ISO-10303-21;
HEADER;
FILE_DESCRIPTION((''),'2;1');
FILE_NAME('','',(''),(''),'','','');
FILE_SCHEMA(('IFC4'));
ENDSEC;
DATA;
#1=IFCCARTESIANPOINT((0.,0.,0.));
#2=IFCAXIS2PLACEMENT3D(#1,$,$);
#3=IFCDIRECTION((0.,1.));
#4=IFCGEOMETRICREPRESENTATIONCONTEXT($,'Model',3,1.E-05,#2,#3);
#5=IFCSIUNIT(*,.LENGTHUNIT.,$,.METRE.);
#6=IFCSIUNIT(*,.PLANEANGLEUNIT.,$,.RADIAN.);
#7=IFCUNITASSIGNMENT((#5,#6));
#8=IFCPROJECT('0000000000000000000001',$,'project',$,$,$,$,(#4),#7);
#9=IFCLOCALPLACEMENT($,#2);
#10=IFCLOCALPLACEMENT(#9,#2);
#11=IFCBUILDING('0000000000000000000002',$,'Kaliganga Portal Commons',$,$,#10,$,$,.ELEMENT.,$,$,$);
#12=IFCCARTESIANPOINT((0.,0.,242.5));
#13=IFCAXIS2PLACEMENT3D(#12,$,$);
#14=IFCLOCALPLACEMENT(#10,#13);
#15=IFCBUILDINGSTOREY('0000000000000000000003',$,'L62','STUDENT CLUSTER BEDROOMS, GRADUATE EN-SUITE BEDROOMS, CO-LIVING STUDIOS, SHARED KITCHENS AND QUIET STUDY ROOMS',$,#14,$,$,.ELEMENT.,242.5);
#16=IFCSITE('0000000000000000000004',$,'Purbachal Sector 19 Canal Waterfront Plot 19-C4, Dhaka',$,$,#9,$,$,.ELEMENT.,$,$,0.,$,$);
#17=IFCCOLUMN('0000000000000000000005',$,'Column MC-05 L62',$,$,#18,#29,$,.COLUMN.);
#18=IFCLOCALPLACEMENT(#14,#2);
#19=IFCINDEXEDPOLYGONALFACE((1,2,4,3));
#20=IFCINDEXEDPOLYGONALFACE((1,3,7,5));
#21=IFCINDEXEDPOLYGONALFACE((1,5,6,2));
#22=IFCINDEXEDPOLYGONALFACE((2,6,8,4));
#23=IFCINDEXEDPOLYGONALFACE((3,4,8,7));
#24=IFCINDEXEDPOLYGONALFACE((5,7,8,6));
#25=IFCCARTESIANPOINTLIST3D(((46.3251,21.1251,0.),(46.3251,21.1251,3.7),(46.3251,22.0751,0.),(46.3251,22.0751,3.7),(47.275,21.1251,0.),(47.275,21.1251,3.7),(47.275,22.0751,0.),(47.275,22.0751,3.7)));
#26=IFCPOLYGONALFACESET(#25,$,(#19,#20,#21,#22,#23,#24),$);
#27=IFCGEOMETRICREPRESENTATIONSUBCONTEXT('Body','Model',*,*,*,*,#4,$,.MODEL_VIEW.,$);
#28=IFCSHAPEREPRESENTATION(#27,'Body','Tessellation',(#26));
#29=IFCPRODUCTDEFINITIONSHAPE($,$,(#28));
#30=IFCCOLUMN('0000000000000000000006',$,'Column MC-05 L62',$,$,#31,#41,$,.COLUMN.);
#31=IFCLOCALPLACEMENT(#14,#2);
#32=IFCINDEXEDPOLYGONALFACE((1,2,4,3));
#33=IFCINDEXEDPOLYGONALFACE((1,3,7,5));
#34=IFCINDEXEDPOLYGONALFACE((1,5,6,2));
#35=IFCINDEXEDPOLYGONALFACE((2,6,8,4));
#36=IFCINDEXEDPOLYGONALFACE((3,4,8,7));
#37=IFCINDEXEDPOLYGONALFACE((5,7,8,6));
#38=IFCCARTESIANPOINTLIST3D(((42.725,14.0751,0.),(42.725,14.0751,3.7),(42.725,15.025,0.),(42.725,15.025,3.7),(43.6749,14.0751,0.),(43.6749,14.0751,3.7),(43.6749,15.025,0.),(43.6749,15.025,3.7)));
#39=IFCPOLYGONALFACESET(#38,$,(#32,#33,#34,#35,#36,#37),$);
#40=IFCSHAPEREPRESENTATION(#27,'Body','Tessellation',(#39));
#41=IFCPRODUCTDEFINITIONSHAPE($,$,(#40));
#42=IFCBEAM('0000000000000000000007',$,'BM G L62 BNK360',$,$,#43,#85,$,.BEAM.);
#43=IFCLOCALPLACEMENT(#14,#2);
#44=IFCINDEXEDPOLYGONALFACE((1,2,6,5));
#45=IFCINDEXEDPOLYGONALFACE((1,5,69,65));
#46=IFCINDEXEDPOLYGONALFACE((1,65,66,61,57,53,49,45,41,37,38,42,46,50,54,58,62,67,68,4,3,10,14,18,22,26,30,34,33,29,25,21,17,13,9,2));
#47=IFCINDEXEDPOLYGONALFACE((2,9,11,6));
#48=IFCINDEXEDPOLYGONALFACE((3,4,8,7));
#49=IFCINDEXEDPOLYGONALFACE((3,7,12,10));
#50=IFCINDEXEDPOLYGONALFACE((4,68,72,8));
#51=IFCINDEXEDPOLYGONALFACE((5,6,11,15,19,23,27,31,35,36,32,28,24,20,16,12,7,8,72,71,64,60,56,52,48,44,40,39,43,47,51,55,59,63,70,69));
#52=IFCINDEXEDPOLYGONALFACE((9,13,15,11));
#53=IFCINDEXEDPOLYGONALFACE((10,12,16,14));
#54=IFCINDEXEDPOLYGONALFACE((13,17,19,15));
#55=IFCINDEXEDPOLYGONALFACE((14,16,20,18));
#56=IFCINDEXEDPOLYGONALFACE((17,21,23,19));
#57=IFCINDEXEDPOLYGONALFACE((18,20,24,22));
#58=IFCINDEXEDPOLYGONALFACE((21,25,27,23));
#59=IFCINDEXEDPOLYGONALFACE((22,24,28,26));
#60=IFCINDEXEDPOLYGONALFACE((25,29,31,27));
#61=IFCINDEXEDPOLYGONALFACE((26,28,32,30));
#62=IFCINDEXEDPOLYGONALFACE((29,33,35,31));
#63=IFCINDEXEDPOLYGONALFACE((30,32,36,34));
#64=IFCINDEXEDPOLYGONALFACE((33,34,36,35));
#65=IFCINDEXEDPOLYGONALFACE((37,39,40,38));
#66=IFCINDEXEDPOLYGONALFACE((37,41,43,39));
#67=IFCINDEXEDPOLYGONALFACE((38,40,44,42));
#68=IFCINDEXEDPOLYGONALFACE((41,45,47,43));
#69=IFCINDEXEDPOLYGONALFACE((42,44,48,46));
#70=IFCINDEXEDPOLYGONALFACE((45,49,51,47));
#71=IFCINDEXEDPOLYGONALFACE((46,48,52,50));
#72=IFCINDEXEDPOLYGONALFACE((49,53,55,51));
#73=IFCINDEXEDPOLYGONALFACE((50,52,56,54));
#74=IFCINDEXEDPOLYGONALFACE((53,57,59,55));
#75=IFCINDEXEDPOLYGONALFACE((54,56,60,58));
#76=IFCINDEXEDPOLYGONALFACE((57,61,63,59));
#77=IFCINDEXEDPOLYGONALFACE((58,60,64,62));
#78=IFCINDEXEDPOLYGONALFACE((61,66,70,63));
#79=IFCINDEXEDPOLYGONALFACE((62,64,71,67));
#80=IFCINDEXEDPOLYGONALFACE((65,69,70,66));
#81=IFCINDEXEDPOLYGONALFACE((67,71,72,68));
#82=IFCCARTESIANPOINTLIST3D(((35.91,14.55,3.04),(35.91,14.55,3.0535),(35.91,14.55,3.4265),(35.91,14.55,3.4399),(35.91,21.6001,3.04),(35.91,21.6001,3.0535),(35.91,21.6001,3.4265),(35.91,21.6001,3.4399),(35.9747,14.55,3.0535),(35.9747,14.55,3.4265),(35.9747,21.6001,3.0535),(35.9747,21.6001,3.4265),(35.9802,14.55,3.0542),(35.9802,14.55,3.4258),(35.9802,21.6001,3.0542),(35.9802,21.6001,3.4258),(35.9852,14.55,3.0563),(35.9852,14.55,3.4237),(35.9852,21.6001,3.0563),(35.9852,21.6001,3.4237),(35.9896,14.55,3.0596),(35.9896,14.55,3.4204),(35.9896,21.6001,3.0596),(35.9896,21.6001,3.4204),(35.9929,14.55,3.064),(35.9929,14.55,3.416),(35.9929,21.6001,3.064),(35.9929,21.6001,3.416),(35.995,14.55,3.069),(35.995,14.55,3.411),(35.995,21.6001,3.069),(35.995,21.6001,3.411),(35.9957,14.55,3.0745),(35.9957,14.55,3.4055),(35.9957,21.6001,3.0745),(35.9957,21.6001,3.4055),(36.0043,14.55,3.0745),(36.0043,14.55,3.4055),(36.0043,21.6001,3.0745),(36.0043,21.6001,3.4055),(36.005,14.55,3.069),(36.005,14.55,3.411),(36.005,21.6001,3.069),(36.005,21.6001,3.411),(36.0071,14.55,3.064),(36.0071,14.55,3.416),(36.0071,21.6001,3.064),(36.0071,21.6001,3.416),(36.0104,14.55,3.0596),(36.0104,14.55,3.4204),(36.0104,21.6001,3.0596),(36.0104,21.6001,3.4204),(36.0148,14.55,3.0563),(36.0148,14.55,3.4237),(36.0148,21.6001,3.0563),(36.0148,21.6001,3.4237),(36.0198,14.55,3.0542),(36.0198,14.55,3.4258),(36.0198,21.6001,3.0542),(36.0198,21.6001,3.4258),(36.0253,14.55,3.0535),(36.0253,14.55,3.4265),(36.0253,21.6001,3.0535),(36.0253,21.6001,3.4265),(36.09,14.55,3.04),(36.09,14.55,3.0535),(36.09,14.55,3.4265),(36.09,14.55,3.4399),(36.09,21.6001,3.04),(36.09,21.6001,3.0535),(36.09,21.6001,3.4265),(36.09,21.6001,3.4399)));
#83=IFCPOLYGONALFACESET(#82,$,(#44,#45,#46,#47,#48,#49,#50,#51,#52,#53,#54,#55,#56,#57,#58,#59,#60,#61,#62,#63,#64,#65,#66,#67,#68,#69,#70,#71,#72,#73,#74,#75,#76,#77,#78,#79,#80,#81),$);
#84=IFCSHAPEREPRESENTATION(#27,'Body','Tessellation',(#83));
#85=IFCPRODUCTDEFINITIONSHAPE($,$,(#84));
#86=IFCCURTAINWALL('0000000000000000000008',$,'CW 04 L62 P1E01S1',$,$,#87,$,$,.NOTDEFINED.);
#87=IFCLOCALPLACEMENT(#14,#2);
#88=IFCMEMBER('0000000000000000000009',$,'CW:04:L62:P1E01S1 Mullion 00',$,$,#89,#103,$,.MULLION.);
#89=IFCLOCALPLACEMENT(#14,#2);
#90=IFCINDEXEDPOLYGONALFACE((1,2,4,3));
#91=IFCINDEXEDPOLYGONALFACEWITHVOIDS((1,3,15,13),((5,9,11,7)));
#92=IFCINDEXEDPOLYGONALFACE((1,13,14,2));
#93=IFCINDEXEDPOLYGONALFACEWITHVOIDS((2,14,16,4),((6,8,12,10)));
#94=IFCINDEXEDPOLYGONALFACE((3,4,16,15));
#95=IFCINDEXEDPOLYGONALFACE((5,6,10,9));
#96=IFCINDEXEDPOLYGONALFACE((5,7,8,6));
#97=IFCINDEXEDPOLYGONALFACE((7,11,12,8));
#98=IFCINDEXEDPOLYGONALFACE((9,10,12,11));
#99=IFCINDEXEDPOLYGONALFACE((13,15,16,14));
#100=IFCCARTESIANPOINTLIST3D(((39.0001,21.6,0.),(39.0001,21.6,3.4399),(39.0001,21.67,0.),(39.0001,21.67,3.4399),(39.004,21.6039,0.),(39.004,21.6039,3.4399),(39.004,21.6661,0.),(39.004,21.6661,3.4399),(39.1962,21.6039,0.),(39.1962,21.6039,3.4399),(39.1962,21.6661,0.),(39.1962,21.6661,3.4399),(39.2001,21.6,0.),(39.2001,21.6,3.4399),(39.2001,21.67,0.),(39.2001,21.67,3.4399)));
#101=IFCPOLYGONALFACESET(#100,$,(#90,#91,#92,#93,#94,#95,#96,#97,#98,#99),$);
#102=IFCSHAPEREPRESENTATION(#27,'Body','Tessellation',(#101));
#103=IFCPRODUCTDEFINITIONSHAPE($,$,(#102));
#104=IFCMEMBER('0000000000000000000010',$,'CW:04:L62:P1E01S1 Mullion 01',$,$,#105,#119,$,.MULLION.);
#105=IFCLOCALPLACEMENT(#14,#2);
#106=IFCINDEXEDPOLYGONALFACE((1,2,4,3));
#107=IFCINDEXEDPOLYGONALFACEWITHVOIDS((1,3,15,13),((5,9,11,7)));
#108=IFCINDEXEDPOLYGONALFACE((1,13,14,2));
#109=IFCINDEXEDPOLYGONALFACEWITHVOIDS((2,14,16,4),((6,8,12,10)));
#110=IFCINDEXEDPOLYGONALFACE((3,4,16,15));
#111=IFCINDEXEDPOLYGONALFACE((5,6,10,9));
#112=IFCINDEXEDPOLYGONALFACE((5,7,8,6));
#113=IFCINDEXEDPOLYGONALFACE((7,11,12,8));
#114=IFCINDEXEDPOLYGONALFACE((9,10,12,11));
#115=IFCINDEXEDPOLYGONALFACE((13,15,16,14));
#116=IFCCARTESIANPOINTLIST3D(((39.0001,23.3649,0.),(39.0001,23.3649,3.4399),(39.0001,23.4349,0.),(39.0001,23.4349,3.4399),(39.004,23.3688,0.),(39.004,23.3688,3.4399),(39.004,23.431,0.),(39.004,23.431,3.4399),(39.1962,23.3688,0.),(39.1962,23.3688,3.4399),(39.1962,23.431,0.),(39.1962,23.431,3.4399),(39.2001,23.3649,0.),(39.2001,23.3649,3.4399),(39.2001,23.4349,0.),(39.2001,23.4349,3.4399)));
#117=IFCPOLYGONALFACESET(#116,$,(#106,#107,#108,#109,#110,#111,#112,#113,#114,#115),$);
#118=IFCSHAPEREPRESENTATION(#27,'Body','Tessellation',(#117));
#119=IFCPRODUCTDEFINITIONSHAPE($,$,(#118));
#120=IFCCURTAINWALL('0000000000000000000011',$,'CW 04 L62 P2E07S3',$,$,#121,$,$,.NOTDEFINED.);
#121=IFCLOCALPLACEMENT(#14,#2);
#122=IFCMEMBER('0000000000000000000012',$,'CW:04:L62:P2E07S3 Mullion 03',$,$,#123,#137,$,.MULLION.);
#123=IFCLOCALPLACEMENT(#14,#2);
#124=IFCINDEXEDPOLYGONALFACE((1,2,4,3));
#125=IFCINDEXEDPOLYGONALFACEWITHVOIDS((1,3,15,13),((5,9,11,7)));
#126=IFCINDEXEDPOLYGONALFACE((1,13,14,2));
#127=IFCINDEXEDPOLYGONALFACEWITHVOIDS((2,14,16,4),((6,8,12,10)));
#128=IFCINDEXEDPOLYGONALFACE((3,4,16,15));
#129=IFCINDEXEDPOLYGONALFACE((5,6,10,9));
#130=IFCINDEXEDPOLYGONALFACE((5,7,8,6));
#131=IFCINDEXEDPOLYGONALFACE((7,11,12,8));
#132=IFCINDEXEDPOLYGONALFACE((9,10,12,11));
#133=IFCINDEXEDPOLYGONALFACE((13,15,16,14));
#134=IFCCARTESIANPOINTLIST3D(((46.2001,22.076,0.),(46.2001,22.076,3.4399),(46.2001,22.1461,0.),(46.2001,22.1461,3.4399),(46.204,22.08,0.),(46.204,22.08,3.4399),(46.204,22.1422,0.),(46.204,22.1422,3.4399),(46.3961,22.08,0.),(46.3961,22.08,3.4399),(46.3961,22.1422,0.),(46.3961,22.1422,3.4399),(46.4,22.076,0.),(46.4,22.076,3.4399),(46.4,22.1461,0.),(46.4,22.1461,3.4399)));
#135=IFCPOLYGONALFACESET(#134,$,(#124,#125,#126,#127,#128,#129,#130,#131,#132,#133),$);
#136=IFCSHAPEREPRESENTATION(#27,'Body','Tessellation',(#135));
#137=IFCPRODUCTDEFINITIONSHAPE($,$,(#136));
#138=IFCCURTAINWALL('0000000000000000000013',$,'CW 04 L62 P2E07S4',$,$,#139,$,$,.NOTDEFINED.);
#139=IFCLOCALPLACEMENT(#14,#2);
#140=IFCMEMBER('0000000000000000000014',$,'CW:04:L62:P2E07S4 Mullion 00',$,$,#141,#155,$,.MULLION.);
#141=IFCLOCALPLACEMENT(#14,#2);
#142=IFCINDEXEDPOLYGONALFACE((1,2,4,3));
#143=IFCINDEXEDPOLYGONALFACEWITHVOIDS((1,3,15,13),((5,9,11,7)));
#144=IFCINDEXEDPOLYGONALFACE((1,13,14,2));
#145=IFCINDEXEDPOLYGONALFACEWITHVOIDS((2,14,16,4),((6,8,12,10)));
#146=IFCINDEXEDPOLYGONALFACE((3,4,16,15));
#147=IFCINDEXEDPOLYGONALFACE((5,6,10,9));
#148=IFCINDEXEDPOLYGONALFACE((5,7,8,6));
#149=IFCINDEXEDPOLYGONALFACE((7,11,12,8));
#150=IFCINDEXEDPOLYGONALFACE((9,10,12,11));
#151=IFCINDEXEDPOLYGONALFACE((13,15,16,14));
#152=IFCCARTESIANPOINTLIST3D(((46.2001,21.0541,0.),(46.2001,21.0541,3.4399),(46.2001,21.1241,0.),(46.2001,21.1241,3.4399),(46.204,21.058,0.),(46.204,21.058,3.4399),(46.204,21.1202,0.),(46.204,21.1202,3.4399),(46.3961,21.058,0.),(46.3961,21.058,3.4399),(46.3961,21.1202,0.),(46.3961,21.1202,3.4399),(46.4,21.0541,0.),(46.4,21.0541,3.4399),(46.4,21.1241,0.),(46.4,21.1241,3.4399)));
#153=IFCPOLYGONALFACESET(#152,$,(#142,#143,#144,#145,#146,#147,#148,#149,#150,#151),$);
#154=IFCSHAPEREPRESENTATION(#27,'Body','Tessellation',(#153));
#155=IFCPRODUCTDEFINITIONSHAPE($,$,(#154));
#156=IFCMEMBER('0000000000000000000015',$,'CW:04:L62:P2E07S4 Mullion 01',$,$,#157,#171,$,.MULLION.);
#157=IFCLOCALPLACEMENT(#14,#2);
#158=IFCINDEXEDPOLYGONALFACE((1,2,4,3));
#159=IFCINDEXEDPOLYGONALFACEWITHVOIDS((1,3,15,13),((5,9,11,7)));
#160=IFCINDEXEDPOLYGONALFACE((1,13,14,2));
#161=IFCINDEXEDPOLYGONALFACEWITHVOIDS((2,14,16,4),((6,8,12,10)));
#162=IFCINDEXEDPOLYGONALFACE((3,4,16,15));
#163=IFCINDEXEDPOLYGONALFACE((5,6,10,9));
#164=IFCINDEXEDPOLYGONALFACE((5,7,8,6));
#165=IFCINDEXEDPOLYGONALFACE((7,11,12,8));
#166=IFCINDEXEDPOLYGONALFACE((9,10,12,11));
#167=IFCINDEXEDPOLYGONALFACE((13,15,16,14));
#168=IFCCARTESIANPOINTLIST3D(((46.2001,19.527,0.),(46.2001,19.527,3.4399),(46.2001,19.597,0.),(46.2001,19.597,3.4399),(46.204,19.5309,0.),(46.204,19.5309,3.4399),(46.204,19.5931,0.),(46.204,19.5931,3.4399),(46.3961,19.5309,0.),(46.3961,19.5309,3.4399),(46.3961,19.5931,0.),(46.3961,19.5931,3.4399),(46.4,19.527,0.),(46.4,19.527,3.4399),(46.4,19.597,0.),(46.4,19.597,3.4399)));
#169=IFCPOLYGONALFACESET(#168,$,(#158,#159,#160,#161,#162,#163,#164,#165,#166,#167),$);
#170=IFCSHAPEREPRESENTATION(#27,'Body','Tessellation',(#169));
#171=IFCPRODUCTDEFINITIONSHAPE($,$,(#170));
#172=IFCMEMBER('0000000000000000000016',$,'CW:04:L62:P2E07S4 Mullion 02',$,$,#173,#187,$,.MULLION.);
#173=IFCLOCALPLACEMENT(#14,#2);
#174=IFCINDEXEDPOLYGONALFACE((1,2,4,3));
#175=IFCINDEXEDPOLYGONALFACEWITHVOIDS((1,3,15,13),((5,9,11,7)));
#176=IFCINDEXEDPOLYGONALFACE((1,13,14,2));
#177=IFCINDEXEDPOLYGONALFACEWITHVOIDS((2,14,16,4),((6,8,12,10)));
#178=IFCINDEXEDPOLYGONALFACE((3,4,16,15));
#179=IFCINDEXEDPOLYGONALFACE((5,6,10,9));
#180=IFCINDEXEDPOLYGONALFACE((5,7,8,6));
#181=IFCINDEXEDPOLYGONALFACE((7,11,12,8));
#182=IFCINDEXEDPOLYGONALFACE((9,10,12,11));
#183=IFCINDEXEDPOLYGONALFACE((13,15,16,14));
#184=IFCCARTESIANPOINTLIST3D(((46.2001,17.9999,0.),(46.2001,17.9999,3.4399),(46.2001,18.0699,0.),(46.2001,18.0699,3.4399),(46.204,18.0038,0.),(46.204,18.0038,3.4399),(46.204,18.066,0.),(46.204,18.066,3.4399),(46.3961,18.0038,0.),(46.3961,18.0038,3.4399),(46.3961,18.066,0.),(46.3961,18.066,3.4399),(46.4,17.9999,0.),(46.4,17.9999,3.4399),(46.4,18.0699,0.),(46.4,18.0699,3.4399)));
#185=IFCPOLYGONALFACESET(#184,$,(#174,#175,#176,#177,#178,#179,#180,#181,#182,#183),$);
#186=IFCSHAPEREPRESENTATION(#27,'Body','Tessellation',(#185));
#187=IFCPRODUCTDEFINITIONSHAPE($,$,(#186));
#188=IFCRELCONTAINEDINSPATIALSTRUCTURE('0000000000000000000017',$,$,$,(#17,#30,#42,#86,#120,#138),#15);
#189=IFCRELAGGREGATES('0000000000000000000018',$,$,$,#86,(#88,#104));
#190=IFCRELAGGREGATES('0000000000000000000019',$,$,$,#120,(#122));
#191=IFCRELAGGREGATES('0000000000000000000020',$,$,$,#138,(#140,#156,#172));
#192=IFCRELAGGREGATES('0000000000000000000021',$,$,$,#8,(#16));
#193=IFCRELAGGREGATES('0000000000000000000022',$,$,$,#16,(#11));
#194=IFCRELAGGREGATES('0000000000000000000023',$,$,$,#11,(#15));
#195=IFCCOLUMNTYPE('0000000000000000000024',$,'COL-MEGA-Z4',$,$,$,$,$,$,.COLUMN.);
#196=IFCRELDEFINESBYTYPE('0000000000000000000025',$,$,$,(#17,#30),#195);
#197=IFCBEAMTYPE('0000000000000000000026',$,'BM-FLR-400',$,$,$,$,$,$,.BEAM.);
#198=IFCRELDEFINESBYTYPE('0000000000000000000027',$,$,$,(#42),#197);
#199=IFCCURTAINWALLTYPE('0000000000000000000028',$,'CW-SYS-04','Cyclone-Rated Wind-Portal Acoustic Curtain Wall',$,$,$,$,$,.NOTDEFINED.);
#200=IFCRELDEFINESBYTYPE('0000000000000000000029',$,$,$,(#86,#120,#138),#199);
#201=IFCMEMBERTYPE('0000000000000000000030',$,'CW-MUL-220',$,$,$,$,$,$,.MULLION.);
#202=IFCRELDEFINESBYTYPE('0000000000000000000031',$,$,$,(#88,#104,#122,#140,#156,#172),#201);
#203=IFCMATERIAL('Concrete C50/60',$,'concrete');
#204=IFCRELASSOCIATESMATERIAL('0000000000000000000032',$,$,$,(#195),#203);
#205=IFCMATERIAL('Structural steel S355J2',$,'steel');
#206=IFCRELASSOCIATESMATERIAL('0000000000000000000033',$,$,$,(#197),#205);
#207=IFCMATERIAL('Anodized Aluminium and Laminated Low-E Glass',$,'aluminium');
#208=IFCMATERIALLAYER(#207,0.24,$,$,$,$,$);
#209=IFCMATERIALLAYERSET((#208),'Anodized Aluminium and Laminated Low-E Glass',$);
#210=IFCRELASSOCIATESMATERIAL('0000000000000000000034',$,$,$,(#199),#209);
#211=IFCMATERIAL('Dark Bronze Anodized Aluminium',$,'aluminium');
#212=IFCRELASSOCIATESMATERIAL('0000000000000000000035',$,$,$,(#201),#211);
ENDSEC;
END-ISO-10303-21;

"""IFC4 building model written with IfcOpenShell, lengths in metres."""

from ifc_helpers import new_model, si_unit, direction, frame, origin, origin_2d, place, context, subcontext, project, spatial, rectangle, hollow_rectangle, i_section, extrude, source, transform, mapped, material, layer, layer_set, material_profile, profile_set, type_object, element, aggregate, save


model = new_model("IFC4")

# Units and contexts
model_context = context("Model", 3, precision=1e-05, world=origin(), true_north=direction((0.0, 1.0)))
body_context = subcontext(model_context, "Body", "Model", "MODEL_VIEW")
ifc_project = project(units=[si_unit("LENGTHUNIT", "METRE"), si_unit("PLANEANGLEUNIT", "RADIAN")], contexts=[model_context])

# Site, building, storey
site_placement = place(None, origin())
site = spatial("IfcSite", under=ifc_project, at=site_placement, Name="Purbachal Sector 19 Canal Waterfront Plot 19-C4, Dhaka", CompositionType="ELEMENT", RefElevation=0.0)
building_placement = place(site_placement, origin())
building = spatial("IfcBuilding", under=site, at=building_placement, Name="Kaliganga Portal Commons", CompositionType="ELEMENT")
storey_placement = place(building_placement, frame((0.0, 0.0, 242.5)))
storey = spatial("IfcBuildingStorey", under=building, at=storey_placement, Name="L62", Description="STUDENT CLUSTER BEDROOMS, GRADUATE EN-SUITE BEDROOMS, CO-LIVING STUDIOS, SHARED KITCHENS AND QUIET STUDY ROOMS", CompositionType="ELEMENT", Elevation=242.5)

# Columns
ifc_material_1 = material(Name="Concrete C50/60", Category="concrete")
ifc_material_profile_1 = material_profile(ifc_material_1, rectangle(XDim=0.95, YDim=0.95, at=origin_2d()), Name="RC 950x950")
ifc_profile_set_1 = profile_set([ifc_material_profile_1], Name="Concrete C50/60")
column_type = type_object("IfcColumnType", Name="COL-MEGA-Z4", PredefinedType="COLUMN", material=ifc_profile_set_1)
shared_shape_1 = source(origin(), body_context, "Body", "SweptSolid", [
    extrude(rectangle(XDim=0.95, YDim=0.95, at=origin_2d()), origin(), (0.0, 0.0, 1.0), 3.7),
])
for number, where, z_axis, x_axis, name in (
    (1, (46.8, 21.6001, 0.0), (0.0, 0.0, 1.0), (1.0, 0.0, 0.0), "Column MC-05 L62"),
    (2, (43.2, 14.55, 0.0), (0.0, 0.0, 1.0), (1.0, 0.0, 0.0), "Column MC-05 L62"),
):
    element("IfcColumn", number, at=place(storey_placement, frame(where, z_axis=z_axis, x_axis=x_axis)), inside=storey, type_object=column_type, Name=name, PredefinedType="COLUMN", context=body_context, shape_type="MappedRepresentation", body=[
        mapped(shared_shape_1, transform((0.0, 0.0, 0.0), x_axis=(1.0, 0.0, 0.0), y_axis=(0.0, 1.0, 0.0), z_axis=(0.0, 0.0, 1.0), scale=1.0)),
    ])

# Beam
ifc_material_2 = material(Name="Structural steel S355J2", Category="steel")
ifc_material_profile_2 = material_profile(ifc_material_2, i_section(OverallWidth=0.1799, OverallDepth=0.3999, WebThickness=0.0085, FlangeThickness=0.0134, FilletRadius=0.021, at=origin_2d()), Name="IPE 400")
ifc_profile_set_2 = profile_set([ifc_material_profile_2], Name="Structural steel S355J2 wide-flange")
beam_type = type_object("IfcBeamType", Name="BM-FLR-400", PredefinedType="BEAM", material=ifc_profile_set_2)
shared_shape_2 = source(origin(), body_context, "Body", "SweptSolid", [
    extrude(i_section(OverallWidth=0.1799, OverallDepth=0.3999, WebThickness=0.0085, FlangeThickness=0.0134, FilletRadius=0.021, at=origin_2d()), origin(), (0.0, 0.0, 1.0), 7.05),
])
beam_placement = place(storey_placement, frame((36.0, 14.55, 3.24), z_axis=(0.0, 1.0, 0.0), x_axis=(-1.0, 0.0, 0.0)))
element("IfcBeam", 3, at=beam_placement, inside=storey, type_object=beam_type, Name="BM G L62 BNK360", PredefinedType="BEAM", context=body_context, shape_type="MappedRepresentation", body=[
    mapped(shared_shape_2, transform((0.0, 0.0, 0.0), x_axis=(1.0, 0.0, 0.0), y_axis=(0.0, 1.0, 0.0), z_axis=(0.0, 0.0, 1.0), scale=1.0)),
])

# Curtain wall, members
ifc_material_3 = material(Name="Anodized Aluminium and Laminated Low-E Glass", Category="aluminium")
ifc_layer_1 = layer(ifc_material_3, 0.24)
ifc_layer_set_1 = layer_set([ifc_layer_1], Name="Anodized Aluminium and Laminated Low-E Glass")
curtain_wall_type = type_object("IfcCurtainWallType", Name="CW-SYS-04", Description="Cyclone-Rated Wind-Portal Acoustic Curtain Wall", PredefinedType="NOTDEFINED", material=ifc_layer_set_1)
curtain_wall_1_placement = place(storey_placement, origin())
curtain_wall_1 = element("IfcCurtainWall", 4, at=curtain_wall_1_placement, inside=storey, type_object=curtain_wall_type, Name="CW 04 L62 P1E01S1", PredefinedType="NOTDEFINED")
ifc_material_4 = material(Name="Dark Bronze Anodized Aluminium", Category="aluminium")
ifc_material_profile_3 = material_profile(ifc_material_4, hollow_rectangle(XDim=0.0701, YDim=0.2, WallThickness=0.0039, at=origin_2d()), Name="ALU MULL 70x200x4")
ifc_profile_set_3 = profile_set([ifc_material_profile_3], Name="Dark Bronze Anodized Aluminium")
member_type_1 = type_object("IfcMemberType", Name="CW-MUL-220", PredefinedType="MULLION", material=ifc_profile_set_3)
shared_shape_3 = source(origin(), body_context, "Body", "SweptSolid", [
    extrude(hollow_rectangle(XDim=0.0701, YDim=0.2, WallThickness=0.0039, at=origin_2d()), origin(), (0.0, 0.0, 1.0), 3.4399),
])
member_1_placement = place(storey_placement, frame((39.1001, 21.635, 0.0), z_axis=(0.0, 0.0, 1.0), x_axis=(0.0, 1.0, 0.0)))
member_1 = element("IfcMember", 5, at=member_1_placement, type_object=member_type_1, Name="CW:04:L62:P1E01S1 Mullion 00", PredefinedType="MULLION", context=body_context, shape_type="MappedRepresentation", body=[
    mapped(shared_shape_3, transform((0.0, 0.0, 0.0), x_axis=(1.0, 0.0, 0.0), y_axis=(0.0, 1.0, 0.0), z_axis=(0.0, 0.0, 1.0), scale=1.0)),
])
member_2_placement = place(storey_placement, frame((39.1001, 23.3999, 0.0), z_axis=(0.0, 0.0, 1.0), x_axis=(0.0, 1.0, 0.0)))
member_2 = element("IfcMember", 6, at=member_2_placement, type_object=member_type_1, Name="CW:04:L62:P1E01S1 Mullion 01", PredefinedType="MULLION", context=body_context, shape_type="MappedRepresentation", body=[
    mapped(shared_shape_3, transform((0.0, 0.0, 0.0), x_axis=(1.0, 0.0, 0.0), y_axis=(0.0, 1.0, 0.0), z_axis=(0.0, 0.0, 1.0), scale=1.0)),
])

# Curtain wall, member
curtain_wall_2_placement = place(storey_placement, origin())
curtain_wall_2 = element("IfcCurtainWall", 7, at=curtain_wall_2_placement, inside=storey, type_object=curtain_wall_type, Name="CW 04 L62 P2E07S3", PredefinedType="NOTDEFINED")
member_3_placement = place(storey_placement, frame((46.3, 22.1111, 0.0), z_axis=(0.0, 0.0, 1.0), x_axis=(0.0, -1.0, 0.0)))
member_3 = element("IfcMember", 8, at=member_3_placement, type_object=member_type_1, Name="CW:04:L62:P2E07S3 Mullion 03", PredefinedType="MULLION", context=body_context, shape_type="MappedRepresentation", body=[
    mapped(shared_shape_3, transform((0.0, 0.0, 0.0), x_axis=(1.0, 0.0, 0.0), y_axis=(0.0, 1.0, 0.0), z_axis=(0.0, 0.0, 1.0), scale=1.0)),
])

# Curtain wall, members
curtain_wall_3_placement = place(storey_placement, origin())
curtain_wall_3 = element("IfcCurtainWall", 9, at=curtain_wall_3_placement, inside=storey, type_object=curtain_wall_type, Name="CW 04 L62 P2E07S4", PredefinedType="NOTDEFINED")
member_4_placement = place(storey_placement, frame((46.3, 21.0891, 0.0), z_axis=(0.0, 0.0, 1.0), x_axis=(0.0, -1.0, 0.0)))
member_4 = element("IfcMember", 10, at=member_4_placement, type_object=member_type_1, Name="CW:04:L62:P2E07S4 Mullion 00", PredefinedType="MULLION", context=body_context, shape_type="MappedRepresentation", body=[
    mapped(shared_shape_3, transform((0.0, 0.0, 0.0), x_axis=(1.0, 0.0, 0.0), y_axis=(0.0, 1.0, 0.0), z_axis=(0.0, 0.0, 1.0), scale=1.0)),
])
member_5_placement = place(storey_placement, frame((46.3, 19.562, 0.0), z_axis=(0.0, 0.0, 1.0), x_axis=(0.0, -1.0, 0.0)))
member_5 = element("IfcMember", 11, at=member_5_placement, type_object=member_type_1, Name="CW:04:L62:P2E07S4 Mullion 01", PredefinedType="MULLION", context=body_context, shape_type="MappedRepresentation", body=[
    mapped(shared_shape_3, transform((0.0, 0.0, 0.0), x_axis=(1.0, 0.0, 0.0), y_axis=(0.0, 1.0, 0.0), z_axis=(0.0, 0.0, 1.0), scale=1.0)),
])
member_6_placement = place(storey_placement, frame((46.3, 18.0349, 0.0), z_axis=(0.0, 0.0, 1.0), x_axis=(0.0, -1.0, 0.0)))
member_6 = element("IfcMember", 12, at=member_6_placement, type_object=member_type_1, Name="CW:04:L62:P2E07S4 Mullion 02", PredefinedType="MULLION", context=body_context, shape_type="MappedRepresentation", body=[
    mapped(shared_shape_3, transform((0.0, 0.0, 0.0), x_axis=(1.0, 0.0, 0.0), y_axis=(0.0, 1.0, 0.0), z_axis=(0.0, 0.0, 1.0), scale=1.0)),
])

aggregate(curtain_wall_1, [member_1, member_2])

aggregate(curtain_wall_2, [member_3])
aggregate(curtain_wall_3, [member_4, member_5, member_6])

save(model, "model.ifc")
